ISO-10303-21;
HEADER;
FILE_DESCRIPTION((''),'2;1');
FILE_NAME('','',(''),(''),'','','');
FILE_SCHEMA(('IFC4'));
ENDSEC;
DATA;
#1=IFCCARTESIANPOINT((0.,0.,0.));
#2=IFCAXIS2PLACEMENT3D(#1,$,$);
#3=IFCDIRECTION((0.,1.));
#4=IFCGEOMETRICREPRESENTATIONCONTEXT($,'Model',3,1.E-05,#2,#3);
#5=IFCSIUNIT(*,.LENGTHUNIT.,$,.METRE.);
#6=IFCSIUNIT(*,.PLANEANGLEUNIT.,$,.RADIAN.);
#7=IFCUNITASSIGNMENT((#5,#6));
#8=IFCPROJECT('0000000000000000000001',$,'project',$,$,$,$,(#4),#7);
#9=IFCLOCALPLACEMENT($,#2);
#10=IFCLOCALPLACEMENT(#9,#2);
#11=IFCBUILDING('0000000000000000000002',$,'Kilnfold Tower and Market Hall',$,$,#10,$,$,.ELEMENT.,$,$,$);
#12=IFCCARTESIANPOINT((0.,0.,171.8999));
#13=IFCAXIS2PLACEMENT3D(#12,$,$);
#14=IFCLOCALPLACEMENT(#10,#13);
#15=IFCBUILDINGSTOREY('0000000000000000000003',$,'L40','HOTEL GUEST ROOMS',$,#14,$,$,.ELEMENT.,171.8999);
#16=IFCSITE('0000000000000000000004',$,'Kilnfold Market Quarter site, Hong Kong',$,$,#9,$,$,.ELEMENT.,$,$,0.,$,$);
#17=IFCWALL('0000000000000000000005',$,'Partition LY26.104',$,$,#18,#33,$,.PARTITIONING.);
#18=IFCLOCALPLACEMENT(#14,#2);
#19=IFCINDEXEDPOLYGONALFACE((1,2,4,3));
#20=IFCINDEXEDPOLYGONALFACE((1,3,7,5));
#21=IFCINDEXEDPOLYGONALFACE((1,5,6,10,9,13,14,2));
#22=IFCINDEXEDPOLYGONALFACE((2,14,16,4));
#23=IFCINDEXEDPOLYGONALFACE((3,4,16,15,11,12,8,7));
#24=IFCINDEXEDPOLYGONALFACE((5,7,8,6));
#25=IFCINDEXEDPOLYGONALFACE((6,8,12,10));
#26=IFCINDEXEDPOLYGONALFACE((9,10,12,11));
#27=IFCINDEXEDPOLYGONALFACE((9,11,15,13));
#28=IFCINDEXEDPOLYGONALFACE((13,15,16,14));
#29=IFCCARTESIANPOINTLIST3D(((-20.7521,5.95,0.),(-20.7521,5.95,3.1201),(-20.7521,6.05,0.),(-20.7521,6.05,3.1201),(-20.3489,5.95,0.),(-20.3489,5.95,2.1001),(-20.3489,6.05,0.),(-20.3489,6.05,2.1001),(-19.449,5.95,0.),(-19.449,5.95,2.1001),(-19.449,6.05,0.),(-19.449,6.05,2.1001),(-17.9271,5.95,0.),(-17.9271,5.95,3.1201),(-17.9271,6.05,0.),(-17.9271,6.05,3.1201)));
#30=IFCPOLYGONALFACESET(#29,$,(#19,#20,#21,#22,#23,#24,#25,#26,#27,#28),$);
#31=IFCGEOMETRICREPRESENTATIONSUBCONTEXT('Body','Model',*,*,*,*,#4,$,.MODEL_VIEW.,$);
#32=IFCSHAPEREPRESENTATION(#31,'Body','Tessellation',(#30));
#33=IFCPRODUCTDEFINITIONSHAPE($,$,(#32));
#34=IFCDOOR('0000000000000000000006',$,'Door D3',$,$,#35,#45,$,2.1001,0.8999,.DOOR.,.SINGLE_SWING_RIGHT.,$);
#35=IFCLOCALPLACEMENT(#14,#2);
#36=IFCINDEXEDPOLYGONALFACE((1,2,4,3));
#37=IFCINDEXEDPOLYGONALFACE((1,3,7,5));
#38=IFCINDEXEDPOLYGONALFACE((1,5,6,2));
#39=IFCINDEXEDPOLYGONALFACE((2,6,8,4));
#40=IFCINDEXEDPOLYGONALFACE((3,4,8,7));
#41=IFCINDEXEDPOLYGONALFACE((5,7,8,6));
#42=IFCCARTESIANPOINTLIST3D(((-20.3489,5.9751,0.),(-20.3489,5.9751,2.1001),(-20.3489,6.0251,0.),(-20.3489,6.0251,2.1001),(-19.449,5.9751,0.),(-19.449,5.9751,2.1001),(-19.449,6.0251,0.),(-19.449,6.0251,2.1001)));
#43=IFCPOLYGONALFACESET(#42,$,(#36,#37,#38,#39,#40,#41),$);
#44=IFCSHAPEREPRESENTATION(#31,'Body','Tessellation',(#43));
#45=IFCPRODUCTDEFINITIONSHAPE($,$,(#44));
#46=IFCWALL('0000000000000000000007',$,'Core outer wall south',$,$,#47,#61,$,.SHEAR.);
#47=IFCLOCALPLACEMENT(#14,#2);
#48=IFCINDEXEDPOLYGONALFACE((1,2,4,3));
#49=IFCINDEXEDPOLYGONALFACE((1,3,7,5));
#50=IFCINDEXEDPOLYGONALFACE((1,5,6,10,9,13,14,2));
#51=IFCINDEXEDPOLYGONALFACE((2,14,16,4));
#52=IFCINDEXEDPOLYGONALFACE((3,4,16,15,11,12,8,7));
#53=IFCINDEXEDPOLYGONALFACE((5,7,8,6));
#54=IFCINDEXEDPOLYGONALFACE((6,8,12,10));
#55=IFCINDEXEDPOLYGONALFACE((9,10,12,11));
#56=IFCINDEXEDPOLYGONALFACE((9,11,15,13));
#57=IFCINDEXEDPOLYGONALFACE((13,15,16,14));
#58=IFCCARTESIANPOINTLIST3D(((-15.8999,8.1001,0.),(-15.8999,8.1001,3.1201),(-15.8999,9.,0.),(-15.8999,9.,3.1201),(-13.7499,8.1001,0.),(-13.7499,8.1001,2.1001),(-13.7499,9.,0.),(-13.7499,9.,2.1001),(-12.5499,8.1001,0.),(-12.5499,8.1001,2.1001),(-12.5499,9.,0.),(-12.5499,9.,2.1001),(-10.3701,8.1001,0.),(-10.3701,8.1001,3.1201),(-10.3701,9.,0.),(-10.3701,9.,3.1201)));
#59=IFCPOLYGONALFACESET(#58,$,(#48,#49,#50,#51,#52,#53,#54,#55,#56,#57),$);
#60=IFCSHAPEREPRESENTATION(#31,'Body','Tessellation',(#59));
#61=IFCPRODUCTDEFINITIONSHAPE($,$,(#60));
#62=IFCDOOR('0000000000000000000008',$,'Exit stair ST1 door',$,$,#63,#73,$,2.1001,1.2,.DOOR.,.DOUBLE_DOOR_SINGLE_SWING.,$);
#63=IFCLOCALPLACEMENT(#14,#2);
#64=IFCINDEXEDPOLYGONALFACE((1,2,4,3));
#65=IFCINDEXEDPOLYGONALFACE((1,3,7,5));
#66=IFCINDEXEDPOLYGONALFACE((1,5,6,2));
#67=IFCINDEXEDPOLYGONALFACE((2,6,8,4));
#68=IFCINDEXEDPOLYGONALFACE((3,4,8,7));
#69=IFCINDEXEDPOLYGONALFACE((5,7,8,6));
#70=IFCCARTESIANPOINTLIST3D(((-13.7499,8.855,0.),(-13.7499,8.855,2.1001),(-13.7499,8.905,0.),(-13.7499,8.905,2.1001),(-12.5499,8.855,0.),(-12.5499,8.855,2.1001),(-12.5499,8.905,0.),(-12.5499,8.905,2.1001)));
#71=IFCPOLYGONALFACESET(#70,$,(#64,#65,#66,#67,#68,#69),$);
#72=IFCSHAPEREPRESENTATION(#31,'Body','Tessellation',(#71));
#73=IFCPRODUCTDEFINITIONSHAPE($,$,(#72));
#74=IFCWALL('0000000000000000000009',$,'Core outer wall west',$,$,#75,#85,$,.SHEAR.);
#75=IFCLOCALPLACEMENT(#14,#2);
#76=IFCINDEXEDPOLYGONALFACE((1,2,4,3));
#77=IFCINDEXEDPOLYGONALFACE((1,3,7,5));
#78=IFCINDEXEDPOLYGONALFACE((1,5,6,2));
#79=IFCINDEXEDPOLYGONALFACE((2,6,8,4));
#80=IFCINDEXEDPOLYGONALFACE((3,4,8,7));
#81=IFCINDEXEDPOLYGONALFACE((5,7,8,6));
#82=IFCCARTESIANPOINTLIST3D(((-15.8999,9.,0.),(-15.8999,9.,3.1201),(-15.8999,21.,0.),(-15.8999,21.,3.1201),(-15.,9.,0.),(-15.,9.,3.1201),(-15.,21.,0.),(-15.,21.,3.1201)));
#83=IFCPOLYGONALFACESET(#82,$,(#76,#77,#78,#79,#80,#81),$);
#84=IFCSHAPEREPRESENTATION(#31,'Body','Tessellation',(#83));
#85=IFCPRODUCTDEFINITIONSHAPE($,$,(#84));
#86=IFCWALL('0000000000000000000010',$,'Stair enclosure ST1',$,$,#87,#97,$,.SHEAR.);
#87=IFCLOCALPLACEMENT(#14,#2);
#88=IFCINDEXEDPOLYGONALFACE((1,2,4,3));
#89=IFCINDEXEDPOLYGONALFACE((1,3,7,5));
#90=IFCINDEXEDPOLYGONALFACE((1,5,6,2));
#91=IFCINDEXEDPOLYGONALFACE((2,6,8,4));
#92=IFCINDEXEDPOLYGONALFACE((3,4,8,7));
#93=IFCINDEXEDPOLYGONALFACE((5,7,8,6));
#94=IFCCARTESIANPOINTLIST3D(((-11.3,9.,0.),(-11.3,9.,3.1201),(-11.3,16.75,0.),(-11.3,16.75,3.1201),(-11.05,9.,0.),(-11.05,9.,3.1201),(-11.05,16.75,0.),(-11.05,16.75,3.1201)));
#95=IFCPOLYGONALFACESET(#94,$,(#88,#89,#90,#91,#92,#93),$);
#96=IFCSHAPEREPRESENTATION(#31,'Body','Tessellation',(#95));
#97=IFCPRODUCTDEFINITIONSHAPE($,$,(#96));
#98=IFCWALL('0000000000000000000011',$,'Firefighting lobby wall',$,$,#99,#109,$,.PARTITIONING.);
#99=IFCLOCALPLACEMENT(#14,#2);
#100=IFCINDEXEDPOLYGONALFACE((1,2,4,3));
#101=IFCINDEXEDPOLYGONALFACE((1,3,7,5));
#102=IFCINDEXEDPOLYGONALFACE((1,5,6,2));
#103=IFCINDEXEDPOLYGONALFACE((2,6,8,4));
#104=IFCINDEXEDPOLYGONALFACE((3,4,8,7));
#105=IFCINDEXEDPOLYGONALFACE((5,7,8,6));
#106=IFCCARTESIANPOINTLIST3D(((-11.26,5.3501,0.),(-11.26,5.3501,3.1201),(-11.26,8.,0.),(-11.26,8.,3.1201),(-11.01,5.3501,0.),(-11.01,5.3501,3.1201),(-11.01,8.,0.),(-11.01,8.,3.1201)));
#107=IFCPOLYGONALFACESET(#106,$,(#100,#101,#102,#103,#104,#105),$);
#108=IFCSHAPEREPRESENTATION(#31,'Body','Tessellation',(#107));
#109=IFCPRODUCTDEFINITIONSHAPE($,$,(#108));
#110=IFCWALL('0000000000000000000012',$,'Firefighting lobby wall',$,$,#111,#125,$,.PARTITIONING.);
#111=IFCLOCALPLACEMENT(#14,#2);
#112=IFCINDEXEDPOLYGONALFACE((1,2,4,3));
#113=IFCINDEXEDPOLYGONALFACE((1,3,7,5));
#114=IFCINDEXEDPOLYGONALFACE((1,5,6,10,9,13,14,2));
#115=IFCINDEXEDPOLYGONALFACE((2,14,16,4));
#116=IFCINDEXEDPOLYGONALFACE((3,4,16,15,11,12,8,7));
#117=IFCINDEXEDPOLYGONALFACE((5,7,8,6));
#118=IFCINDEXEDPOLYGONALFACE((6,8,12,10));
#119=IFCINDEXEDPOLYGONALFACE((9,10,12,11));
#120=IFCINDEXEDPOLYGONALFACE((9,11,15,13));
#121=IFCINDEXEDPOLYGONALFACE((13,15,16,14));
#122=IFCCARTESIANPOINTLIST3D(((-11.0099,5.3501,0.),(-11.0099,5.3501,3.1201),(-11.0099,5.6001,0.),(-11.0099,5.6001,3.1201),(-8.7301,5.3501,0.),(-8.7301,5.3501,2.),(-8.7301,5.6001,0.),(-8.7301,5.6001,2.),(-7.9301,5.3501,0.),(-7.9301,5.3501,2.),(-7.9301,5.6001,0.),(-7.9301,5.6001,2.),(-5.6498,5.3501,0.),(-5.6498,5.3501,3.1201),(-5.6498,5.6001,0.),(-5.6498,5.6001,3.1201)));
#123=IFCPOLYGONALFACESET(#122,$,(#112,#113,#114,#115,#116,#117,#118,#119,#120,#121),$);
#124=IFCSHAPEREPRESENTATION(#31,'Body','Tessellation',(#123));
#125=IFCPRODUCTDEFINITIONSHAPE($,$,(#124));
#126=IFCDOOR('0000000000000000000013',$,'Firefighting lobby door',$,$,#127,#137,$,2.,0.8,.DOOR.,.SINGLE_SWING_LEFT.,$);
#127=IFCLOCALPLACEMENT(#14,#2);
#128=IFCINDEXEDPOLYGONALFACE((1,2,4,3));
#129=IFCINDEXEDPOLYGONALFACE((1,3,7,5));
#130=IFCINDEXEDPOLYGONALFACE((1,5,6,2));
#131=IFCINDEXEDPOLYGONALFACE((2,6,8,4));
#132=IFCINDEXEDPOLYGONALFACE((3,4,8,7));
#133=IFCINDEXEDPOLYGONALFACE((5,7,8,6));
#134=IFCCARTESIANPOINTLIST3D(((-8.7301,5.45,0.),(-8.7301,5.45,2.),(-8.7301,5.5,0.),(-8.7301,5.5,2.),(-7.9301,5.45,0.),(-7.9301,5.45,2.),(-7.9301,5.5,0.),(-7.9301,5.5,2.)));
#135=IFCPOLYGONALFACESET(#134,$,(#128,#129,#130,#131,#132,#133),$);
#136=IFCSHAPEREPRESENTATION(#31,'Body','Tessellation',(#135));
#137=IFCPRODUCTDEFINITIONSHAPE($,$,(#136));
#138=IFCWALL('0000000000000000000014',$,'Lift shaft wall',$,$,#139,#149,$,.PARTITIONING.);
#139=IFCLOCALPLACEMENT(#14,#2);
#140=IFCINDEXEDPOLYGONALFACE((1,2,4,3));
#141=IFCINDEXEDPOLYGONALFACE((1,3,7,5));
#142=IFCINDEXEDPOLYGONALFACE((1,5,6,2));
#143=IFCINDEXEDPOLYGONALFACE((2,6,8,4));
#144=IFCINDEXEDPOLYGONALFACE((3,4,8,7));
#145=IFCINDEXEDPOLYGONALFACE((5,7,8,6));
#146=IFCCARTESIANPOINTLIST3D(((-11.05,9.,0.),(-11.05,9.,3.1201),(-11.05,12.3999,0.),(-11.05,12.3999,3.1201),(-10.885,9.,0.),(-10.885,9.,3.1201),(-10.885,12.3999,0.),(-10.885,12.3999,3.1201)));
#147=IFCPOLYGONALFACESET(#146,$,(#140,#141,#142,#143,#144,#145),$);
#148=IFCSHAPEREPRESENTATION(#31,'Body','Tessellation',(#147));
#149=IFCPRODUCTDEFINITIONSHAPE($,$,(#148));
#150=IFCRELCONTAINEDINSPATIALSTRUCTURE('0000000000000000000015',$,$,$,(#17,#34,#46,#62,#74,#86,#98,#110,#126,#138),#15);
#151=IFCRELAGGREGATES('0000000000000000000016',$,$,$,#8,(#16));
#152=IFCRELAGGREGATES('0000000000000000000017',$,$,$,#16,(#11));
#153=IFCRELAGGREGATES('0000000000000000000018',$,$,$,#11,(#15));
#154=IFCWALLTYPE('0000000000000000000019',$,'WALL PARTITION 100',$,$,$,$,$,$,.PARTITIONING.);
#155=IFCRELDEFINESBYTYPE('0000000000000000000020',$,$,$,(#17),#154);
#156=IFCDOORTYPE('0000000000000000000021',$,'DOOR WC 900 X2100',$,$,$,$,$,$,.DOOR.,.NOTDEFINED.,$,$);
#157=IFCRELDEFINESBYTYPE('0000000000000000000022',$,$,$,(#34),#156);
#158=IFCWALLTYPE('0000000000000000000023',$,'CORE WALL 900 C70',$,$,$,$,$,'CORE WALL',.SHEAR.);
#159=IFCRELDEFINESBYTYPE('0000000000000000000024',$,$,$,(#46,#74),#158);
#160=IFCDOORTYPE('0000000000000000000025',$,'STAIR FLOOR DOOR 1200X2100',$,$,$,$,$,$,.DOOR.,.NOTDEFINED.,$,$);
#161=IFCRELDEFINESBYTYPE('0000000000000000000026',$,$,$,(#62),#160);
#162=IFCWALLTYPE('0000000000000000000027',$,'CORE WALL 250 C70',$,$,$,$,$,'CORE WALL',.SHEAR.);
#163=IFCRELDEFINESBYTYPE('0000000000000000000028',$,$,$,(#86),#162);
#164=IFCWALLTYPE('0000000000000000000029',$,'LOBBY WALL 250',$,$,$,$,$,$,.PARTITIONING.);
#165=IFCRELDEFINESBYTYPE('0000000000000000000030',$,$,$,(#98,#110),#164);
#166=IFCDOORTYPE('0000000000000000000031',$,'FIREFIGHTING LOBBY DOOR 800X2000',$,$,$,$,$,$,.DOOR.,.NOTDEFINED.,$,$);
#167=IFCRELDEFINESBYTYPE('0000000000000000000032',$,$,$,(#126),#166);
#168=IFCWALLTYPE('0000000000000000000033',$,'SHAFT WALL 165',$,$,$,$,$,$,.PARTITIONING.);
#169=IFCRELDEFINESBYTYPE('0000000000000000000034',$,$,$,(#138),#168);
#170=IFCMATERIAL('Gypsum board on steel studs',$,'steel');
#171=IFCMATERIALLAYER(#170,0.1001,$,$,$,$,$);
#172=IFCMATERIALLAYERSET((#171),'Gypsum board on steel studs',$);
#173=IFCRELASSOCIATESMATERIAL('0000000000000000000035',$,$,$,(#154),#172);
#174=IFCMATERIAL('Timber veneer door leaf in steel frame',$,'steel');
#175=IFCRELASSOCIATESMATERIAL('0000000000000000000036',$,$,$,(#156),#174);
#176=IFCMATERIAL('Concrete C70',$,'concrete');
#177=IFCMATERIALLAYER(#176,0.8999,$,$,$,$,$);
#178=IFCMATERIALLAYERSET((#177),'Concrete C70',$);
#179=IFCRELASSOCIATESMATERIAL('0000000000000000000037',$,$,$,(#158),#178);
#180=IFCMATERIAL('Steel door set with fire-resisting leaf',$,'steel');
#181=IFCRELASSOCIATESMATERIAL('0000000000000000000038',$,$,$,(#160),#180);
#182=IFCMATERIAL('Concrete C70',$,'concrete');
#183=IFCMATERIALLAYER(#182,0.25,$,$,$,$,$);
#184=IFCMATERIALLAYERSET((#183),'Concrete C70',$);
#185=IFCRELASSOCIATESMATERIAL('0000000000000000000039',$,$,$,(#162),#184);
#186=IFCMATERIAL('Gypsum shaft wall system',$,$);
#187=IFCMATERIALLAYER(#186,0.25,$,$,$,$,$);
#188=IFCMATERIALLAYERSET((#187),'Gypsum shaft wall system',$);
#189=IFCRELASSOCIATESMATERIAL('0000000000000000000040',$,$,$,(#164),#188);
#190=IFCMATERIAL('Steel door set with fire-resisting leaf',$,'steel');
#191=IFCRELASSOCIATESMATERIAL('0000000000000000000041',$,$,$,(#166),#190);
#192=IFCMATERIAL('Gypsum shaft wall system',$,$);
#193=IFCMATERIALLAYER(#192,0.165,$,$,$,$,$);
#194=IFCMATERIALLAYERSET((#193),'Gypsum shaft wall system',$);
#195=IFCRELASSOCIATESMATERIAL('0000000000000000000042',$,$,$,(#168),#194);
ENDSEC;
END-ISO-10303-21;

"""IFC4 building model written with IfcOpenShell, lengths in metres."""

from ifc_helpers import new_model, si_unit, direction, frame, frame_2d, origin, place, context, subcontext, project, spatial, rectangle, extrude, source, transform, mapped, material, layer, layer_set, type_object, element, fill, save


model = new_model("IFC4")

# Units and contexts
model_context = context("Model", 3, precision=1e-05, world=origin(), true_north=direction((0.0, 1.0)))
body_context = subcontext(model_context, "Body", "Model", "MODEL_VIEW")
ifc_project = project(units=[si_unit("LENGTHUNIT", "METRE"), si_unit("PLANEANGLEUNIT", "RADIAN")], contexts=[model_context])

# Site, building, storey
site_placement = place(None, origin())
site = spatial("IfcSite", under=ifc_project, at=site_placement, Name="Kilnfold Market Quarter site, Hong Kong", CompositionType="ELEMENT", RefElevation=0.0)
building_placement = place(site_placement, origin())
building = spatial("IfcBuilding", under=site, at=building_placement, Name="Kilnfold Tower and Market Hall", CompositionType="ELEMENT")
storey_placement = place(building_placement, frame((0.0, 0.0, 171.8999)))
storey = spatial("IfcBuildingStorey", under=building, at=storey_placement, Name="L40", Description="HOTEL GUEST ROOMS", CompositionType="ELEMENT", Elevation=171.8999)

# Walls, openings, doors
ifc_material_1 = material(Name="Gypsum board on steel studs", Category="steel")
ifc_layer_1 = layer(ifc_material_1, 0.1001)
ifc_layer_set_1 = layer_set([ifc_layer_1], Name="Gypsum board on steel studs")
wall_type_1 = type_object("IfcWallType", Name="WALL PARTITION 100", PredefinedType="PARTITIONING", material=ifc_layer_set_1)
wall_1_placement = place(storey_placement, frame((-17.927, 6.0, 0.0), z_axis=(0.0, 0.0, 1.0), x_axis=(-1.0, 0.0, 0.0)))
wall_1 = element("IfcWall", 1, at=wall_1_placement, inside=storey, type_object=wall_type_1, Name="Partition LY26.104", PredefinedType="PARTITIONING", context=body_context, shape_type="SweptSolid", body=[
    extrude(rectangle(XDim=2.825, YDim=0.1001, at=frame_2d((1.4126, 0.0))), origin(), (0.0, 0.0, 1.0), 3.1201),
])
opening_1_placement = place(wall_1_placement, frame((1.522, 0.0, 0.0)))
opening_1 = element("IfcOpeningElement", 2, at=opening_1_placement, cuts=wall_1, PredefinedType="OPENING", context=body_context, shape_type="SweptSolid", body=[
    extrude(rectangle(XDim=0.8999, YDim=2.1001, at=frame_2d((0.45, 1.05))), frame((0.0, 0.0601, 0.0), z_axis=(0.0, -1.0, 0.0), x_axis=(1.0, 0.0, 0.0)), (0.0, 0.0, 1.0), 0.1201),
])
ifc_material_2 = material(Name="Timber veneer door leaf in steel frame", Category="steel")
door_type_1 = type_object("IfcDoorType", Name="DOOR WC 900 X2100", OperationType="NOTDEFINED", PredefinedType="DOOR", material=ifc_material_2)
door_1_placement = place(opening_1_placement, origin())
door_1 = element("IfcDoor", 3, at=door_1_placement, inside=storey, type_object=door_type_1, Name="Door D3", OperationType="SINGLE_SWING_RIGHT", OverallHeight=2.1001, OverallWidth=0.8999, PredefinedType="DOOR", context=body_context, shape_type="SweptSolid", body=[
    extrude(rectangle(XDim=0.8999, YDim=2.1001, at=frame_2d((0.45, 1.05))), frame((0.0, 0.0249, 0.0), z_axis=(0.0, -1.0, 0.0), x_axis=(1.0, 0.0, 0.0)), (0.0, 0.0, 1.0), 0.05),
])
fill(opening_1, door_1)
ifc_material_3 = material(Name="Concrete C70", Category="concrete")
ifc_layer_2 = layer(ifc_material_3, 0.8999)
ifc_layer_set_2 = layer_set([ifc_layer_2], Name="Concrete C70")
wall_type_2 = type_object("IfcWallType", Name="CORE WALL 900 C70", ElementType="CORE WALL", PredefinedType="SHEAR", material=ifc_layer_set_2)
shared_shape_1 = source(origin(), body_context, "Body", "SweptSolid", [
    extrude(rectangle(XDim=5.5298, YDim=0.8999, at=frame_2d((2.7649, 0.0))), origin(), (0.0, 0.0, 1.0), 3.1201),
])
wall_2_placement = place(storey_placement, frame((-15.8999, 8.55, 0.0), z_axis=(0.0, 0.0, 1.0), x_axis=(1.0, 0.0, 0.0)))
wall_2 = element("IfcWall", 4, at=wall_2_placement, inside=storey, type_object=wall_type_2, Name="Core outer wall south", PredefinedType="SHEAR", context=body_context, shape_type="MappedRepresentation", body=[
    mapped(shared_shape_1, transform((0.0, 0.0, 0.0))),
])
opening_2_placement = place(wall_2_placement, frame((2.1499, 0.0, 0.0)))
opening_2 = element("IfcOpeningElement", 5, at=opening_2_placement, cuts=wall_2, PredefinedType="OPENING", context=body_context, shape_type="SweptSolid", body=[
    extrude(rectangle(XDim=1.2, YDim=2.1001, at=frame_2d((0.6001, 1.05))), frame((0.0, 0.46, 0.0), z_axis=(0.0, -1.0, 0.0), x_axis=(1.0, 0.0, 0.0)), (0.0, 0.0, 1.0), 0.9199),
])
ifc_material_4 = material(Name="Steel door set with fire-resisting leaf", Category="steel")
door_type_2 = type_object("IfcDoorType", Name="STAIR FLOOR DOOR 1200X2100", OperationType="NOTDEFINED", PredefinedType="DOOR", material=ifc_material_4)
door_2_placement = place(opening_2_placement, origin())
door_2 = element("IfcDoor", 6, at=door_2_placement, inside=storey, type_object=door_type_2, Name="Exit stair ST1 door", OperationType="DOUBLE_DOOR_SINGLE_SWING", OverallHeight=2.1001, OverallWidth=1.2, PredefinedType="DOOR", context=body_context, shape_type="SweptSolid", body=[
    extrude(rectangle(XDim=1.2, YDim=2.1001, at=frame_2d((0.6001, 1.05))), frame((0.0, 0.355, 0.0), z_axis=(0.0, -1.0, 0.0), x_axis=(1.0, 0.0, 0.0)), (0.0, 0.0, 1.0), 0.05),
])
fill(opening_2, door_2)

# Walls
shared_shape_2 = source(origin(), body_context, "Body", "SweptSolid", [
    extrude(rectangle(XDim=12.0, YDim=0.8999, at=frame_2d((6.0, 0.0))), origin(), (0.0, 0.0, 1.0), 3.1201),
])
wall_3_placement = place(storey_placement, frame((-15.45, 9.0, 0.0), z_axis=(0.0, 0.0, 1.0), x_axis=(0.0, 1.0, 0.0)))
element("IfcWall", 7, at=wall_3_placement, inside=storey, type_object=wall_type_2, Name="Core outer wall west", PredefinedType="SHEAR", context=body_context, shape_type="MappedRepresentation", body=[
    mapped(shared_shape_2, transform((0.0, 0.0, 0.0))),
])
ifc_material_5 = material(Name="Concrete C70", Category="concrete")
ifc_layer_3 = layer(ifc_material_5, 0.25)
ifc_layer_set_3 = layer_set([ifc_layer_3], Name="Concrete C70")
wall_type_3 = type_object("IfcWallType", Name="CORE WALL 250 C70", ElementType="CORE WALL", PredefinedType="SHEAR", material=ifc_layer_set_3)
shared_shape_3 = source(origin(), body_context, "Body", "SweptSolid", [
    extrude(rectangle(XDim=7.75, YDim=0.25, at=frame_2d((3.875, 0.0))), origin(), (0.0, 0.0, 1.0), 3.1201),
])
wall_4_placement = place(storey_placement, frame((-11.175, 9.0, 0.0), z_axis=(0.0, 0.0, 1.0), x_axis=(0.0, 1.0, 0.0)))
element("IfcWall", 8, at=wall_4_placement, inside=storey, type_object=wall_type_3, Name="Stair enclosure ST1", PredefinedType="SHEAR", context=body_context, shape_type="MappedRepresentation", body=[
    mapped(shared_shape_3, transform((0.0, 0.0, 0.0))),
])
ifc_material_6 = material(Name="Gypsum shaft wall system")
ifc_layer_4 = layer(ifc_material_6, 0.25)
ifc_layer_set_4 = layer_set([ifc_layer_4], Name="Gypsum shaft wall system")
wall_type_4 = type_object("IfcWallType", Name="LOBBY WALL 250", PredefinedType="PARTITIONING", material=ifc_layer_set_4)
shared_shape_4 = source(origin(), body_context, "Body", "SweptSolid", [
    extrude(rectangle(XDim=2.6499, YDim=0.25, at=frame_2d((1.325, 0.0))), origin(), (0.0, 0.0, 1.0), 3.1201),
])
wall_5_placement = place(storey_placement, frame((-11.135, 5.3501, 0.0), z_axis=(0.0, 0.0, 1.0), x_axis=(0.0, 1.0, 0.0)))
element("IfcWall", 9, at=wall_5_placement, inside=storey, type_object=wall_type_4, Name="Firefighting lobby wall", PredefinedType="PARTITIONING", context=body_context, shape_type="MappedRepresentation", body=[
    mapped(shared_shape_4, transform((0.0, 0.0, 0.0))),
])

# Wall, opening, door
shared_shape_5 = source(origin(), body_context, "Body", "SweptSolid", [
    extrude(rectangle(XDim=5.3601, YDim=0.25, at=frame_2d((2.6802, 0.0))), origin(), (0.0, 0.0, 1.0), 3.1201),
])
wall_6_placement = place(storey_placement, frame((-11.01, 5.4751, 0.0), z_axis=(0.0, 0.0, 1.0), x_axis=(1.0, 0.0, 0.0)))
wall_6 = element("IfcWall", 10, at=wall_6_placement, inside=storey, type_object=wall_type_4, Name="Firefighting lobby wall", PredefinedType="PARTITIONING", context=body_context, shape_type="MappedRepresentation", body=[
    mapped(shared_shape_5, transform((0.0, 0.0, 0.0))),
])
opening_3_placement = place(wall_6_placement, frame((2.28, 0.0, 0.0)))
opening_3 = element("IfcOpeningElement", 11, at=opening_3_placement, cuts=wall_6, PredefinedType="OPENING", context=body_context, shape_type="SweptSolid", body=[
    extrude(rectangle(XDim=0.8, YDim=2.0, at=frame_2d((0.3999, 1.0))), frame((0.0, 0.135, 0.0), z_axis=(0.0, -1.0, 0.0), x_axis=(1.0, 0.0, 0.0)), (0.0, 0.0, 1.0), 0.27),
])
ifc_material_7 = material(Name="Steel door set with fire-resisting leaf", Category="steel")
door_type_3 = type_object("IfcDoorType", Name="FIREFIGHTING LOBBY DOOR 800X2000", OperationType="NOTDEFINED", PredefinedType="DOOR", material=ifc_material_7)
door_3_placement = place(opening_3_placement, origin())
door_3 = element("IfcDoor", 12, at=door_3_placement, inside=storey, type_object=door_type_3, Name="Firefighting lobby door", OperationType="SINGLE_SWING_LEFT", OverallHeight=2.0, OverallWidth=0.8, PredefinedType="DOOR", context=body_context, shape_type="SweptSolid", body=[
    extrude(rectangle(XDim=0.8, YDim=2.0, at=frame_2d((0.3999, 1.0))), frame((0.0, 0.0249, 0.0), z_axis=(0.0, -1.0, 0.0), x_axis=(1.0, 0.0, 0.0)), (0.0, 0.0, 1.0), 0.05),
])
fill(opening_3, door_3)

# Wall
ifc_material_8 = material(Name="Gypsum shaft wall system")
ifc_layer_5 = layer(ifc_material_8, 0.165)
ifc_layer_set_5 = layer_set([ifc_layer_5], Name="Gypsum shaft wall system")
wall_type_5 = type_object("IfcWallType", Name="SHAFT WALL 165", PredefinedType="PARTITIONING", material=ifc_layer_set_5)
shared_shape_6 = source(origin(), body_context, "Body", "SweptSolid", [
    extrude(rectangle(XDim=3.3999, YDim=0.165, at=frame_2d((1.7, 0.0))), origin(), (0.0, 0.0, 1.0), 3.1201),
])
wall_7_placement = place(storey_placement, frame((-10.9675, 9.0, 0.0), z_axis=(0.0, 0.0, 1.0), x_axis=(0.0, 1.0, 0.0)))
element("IfcWall", 13, at=wall_7_placement, inside=storey, type_object=wall_type_5, Name="Lift shaft wall", PredefinedType="PARTITIONING", context=body_context, shape_type="MappedRepresentation", body=[
    mapped(shared_shape_6, transform((0.0, 0.0, 0.0))),
])

save(model, "model.ifc")
